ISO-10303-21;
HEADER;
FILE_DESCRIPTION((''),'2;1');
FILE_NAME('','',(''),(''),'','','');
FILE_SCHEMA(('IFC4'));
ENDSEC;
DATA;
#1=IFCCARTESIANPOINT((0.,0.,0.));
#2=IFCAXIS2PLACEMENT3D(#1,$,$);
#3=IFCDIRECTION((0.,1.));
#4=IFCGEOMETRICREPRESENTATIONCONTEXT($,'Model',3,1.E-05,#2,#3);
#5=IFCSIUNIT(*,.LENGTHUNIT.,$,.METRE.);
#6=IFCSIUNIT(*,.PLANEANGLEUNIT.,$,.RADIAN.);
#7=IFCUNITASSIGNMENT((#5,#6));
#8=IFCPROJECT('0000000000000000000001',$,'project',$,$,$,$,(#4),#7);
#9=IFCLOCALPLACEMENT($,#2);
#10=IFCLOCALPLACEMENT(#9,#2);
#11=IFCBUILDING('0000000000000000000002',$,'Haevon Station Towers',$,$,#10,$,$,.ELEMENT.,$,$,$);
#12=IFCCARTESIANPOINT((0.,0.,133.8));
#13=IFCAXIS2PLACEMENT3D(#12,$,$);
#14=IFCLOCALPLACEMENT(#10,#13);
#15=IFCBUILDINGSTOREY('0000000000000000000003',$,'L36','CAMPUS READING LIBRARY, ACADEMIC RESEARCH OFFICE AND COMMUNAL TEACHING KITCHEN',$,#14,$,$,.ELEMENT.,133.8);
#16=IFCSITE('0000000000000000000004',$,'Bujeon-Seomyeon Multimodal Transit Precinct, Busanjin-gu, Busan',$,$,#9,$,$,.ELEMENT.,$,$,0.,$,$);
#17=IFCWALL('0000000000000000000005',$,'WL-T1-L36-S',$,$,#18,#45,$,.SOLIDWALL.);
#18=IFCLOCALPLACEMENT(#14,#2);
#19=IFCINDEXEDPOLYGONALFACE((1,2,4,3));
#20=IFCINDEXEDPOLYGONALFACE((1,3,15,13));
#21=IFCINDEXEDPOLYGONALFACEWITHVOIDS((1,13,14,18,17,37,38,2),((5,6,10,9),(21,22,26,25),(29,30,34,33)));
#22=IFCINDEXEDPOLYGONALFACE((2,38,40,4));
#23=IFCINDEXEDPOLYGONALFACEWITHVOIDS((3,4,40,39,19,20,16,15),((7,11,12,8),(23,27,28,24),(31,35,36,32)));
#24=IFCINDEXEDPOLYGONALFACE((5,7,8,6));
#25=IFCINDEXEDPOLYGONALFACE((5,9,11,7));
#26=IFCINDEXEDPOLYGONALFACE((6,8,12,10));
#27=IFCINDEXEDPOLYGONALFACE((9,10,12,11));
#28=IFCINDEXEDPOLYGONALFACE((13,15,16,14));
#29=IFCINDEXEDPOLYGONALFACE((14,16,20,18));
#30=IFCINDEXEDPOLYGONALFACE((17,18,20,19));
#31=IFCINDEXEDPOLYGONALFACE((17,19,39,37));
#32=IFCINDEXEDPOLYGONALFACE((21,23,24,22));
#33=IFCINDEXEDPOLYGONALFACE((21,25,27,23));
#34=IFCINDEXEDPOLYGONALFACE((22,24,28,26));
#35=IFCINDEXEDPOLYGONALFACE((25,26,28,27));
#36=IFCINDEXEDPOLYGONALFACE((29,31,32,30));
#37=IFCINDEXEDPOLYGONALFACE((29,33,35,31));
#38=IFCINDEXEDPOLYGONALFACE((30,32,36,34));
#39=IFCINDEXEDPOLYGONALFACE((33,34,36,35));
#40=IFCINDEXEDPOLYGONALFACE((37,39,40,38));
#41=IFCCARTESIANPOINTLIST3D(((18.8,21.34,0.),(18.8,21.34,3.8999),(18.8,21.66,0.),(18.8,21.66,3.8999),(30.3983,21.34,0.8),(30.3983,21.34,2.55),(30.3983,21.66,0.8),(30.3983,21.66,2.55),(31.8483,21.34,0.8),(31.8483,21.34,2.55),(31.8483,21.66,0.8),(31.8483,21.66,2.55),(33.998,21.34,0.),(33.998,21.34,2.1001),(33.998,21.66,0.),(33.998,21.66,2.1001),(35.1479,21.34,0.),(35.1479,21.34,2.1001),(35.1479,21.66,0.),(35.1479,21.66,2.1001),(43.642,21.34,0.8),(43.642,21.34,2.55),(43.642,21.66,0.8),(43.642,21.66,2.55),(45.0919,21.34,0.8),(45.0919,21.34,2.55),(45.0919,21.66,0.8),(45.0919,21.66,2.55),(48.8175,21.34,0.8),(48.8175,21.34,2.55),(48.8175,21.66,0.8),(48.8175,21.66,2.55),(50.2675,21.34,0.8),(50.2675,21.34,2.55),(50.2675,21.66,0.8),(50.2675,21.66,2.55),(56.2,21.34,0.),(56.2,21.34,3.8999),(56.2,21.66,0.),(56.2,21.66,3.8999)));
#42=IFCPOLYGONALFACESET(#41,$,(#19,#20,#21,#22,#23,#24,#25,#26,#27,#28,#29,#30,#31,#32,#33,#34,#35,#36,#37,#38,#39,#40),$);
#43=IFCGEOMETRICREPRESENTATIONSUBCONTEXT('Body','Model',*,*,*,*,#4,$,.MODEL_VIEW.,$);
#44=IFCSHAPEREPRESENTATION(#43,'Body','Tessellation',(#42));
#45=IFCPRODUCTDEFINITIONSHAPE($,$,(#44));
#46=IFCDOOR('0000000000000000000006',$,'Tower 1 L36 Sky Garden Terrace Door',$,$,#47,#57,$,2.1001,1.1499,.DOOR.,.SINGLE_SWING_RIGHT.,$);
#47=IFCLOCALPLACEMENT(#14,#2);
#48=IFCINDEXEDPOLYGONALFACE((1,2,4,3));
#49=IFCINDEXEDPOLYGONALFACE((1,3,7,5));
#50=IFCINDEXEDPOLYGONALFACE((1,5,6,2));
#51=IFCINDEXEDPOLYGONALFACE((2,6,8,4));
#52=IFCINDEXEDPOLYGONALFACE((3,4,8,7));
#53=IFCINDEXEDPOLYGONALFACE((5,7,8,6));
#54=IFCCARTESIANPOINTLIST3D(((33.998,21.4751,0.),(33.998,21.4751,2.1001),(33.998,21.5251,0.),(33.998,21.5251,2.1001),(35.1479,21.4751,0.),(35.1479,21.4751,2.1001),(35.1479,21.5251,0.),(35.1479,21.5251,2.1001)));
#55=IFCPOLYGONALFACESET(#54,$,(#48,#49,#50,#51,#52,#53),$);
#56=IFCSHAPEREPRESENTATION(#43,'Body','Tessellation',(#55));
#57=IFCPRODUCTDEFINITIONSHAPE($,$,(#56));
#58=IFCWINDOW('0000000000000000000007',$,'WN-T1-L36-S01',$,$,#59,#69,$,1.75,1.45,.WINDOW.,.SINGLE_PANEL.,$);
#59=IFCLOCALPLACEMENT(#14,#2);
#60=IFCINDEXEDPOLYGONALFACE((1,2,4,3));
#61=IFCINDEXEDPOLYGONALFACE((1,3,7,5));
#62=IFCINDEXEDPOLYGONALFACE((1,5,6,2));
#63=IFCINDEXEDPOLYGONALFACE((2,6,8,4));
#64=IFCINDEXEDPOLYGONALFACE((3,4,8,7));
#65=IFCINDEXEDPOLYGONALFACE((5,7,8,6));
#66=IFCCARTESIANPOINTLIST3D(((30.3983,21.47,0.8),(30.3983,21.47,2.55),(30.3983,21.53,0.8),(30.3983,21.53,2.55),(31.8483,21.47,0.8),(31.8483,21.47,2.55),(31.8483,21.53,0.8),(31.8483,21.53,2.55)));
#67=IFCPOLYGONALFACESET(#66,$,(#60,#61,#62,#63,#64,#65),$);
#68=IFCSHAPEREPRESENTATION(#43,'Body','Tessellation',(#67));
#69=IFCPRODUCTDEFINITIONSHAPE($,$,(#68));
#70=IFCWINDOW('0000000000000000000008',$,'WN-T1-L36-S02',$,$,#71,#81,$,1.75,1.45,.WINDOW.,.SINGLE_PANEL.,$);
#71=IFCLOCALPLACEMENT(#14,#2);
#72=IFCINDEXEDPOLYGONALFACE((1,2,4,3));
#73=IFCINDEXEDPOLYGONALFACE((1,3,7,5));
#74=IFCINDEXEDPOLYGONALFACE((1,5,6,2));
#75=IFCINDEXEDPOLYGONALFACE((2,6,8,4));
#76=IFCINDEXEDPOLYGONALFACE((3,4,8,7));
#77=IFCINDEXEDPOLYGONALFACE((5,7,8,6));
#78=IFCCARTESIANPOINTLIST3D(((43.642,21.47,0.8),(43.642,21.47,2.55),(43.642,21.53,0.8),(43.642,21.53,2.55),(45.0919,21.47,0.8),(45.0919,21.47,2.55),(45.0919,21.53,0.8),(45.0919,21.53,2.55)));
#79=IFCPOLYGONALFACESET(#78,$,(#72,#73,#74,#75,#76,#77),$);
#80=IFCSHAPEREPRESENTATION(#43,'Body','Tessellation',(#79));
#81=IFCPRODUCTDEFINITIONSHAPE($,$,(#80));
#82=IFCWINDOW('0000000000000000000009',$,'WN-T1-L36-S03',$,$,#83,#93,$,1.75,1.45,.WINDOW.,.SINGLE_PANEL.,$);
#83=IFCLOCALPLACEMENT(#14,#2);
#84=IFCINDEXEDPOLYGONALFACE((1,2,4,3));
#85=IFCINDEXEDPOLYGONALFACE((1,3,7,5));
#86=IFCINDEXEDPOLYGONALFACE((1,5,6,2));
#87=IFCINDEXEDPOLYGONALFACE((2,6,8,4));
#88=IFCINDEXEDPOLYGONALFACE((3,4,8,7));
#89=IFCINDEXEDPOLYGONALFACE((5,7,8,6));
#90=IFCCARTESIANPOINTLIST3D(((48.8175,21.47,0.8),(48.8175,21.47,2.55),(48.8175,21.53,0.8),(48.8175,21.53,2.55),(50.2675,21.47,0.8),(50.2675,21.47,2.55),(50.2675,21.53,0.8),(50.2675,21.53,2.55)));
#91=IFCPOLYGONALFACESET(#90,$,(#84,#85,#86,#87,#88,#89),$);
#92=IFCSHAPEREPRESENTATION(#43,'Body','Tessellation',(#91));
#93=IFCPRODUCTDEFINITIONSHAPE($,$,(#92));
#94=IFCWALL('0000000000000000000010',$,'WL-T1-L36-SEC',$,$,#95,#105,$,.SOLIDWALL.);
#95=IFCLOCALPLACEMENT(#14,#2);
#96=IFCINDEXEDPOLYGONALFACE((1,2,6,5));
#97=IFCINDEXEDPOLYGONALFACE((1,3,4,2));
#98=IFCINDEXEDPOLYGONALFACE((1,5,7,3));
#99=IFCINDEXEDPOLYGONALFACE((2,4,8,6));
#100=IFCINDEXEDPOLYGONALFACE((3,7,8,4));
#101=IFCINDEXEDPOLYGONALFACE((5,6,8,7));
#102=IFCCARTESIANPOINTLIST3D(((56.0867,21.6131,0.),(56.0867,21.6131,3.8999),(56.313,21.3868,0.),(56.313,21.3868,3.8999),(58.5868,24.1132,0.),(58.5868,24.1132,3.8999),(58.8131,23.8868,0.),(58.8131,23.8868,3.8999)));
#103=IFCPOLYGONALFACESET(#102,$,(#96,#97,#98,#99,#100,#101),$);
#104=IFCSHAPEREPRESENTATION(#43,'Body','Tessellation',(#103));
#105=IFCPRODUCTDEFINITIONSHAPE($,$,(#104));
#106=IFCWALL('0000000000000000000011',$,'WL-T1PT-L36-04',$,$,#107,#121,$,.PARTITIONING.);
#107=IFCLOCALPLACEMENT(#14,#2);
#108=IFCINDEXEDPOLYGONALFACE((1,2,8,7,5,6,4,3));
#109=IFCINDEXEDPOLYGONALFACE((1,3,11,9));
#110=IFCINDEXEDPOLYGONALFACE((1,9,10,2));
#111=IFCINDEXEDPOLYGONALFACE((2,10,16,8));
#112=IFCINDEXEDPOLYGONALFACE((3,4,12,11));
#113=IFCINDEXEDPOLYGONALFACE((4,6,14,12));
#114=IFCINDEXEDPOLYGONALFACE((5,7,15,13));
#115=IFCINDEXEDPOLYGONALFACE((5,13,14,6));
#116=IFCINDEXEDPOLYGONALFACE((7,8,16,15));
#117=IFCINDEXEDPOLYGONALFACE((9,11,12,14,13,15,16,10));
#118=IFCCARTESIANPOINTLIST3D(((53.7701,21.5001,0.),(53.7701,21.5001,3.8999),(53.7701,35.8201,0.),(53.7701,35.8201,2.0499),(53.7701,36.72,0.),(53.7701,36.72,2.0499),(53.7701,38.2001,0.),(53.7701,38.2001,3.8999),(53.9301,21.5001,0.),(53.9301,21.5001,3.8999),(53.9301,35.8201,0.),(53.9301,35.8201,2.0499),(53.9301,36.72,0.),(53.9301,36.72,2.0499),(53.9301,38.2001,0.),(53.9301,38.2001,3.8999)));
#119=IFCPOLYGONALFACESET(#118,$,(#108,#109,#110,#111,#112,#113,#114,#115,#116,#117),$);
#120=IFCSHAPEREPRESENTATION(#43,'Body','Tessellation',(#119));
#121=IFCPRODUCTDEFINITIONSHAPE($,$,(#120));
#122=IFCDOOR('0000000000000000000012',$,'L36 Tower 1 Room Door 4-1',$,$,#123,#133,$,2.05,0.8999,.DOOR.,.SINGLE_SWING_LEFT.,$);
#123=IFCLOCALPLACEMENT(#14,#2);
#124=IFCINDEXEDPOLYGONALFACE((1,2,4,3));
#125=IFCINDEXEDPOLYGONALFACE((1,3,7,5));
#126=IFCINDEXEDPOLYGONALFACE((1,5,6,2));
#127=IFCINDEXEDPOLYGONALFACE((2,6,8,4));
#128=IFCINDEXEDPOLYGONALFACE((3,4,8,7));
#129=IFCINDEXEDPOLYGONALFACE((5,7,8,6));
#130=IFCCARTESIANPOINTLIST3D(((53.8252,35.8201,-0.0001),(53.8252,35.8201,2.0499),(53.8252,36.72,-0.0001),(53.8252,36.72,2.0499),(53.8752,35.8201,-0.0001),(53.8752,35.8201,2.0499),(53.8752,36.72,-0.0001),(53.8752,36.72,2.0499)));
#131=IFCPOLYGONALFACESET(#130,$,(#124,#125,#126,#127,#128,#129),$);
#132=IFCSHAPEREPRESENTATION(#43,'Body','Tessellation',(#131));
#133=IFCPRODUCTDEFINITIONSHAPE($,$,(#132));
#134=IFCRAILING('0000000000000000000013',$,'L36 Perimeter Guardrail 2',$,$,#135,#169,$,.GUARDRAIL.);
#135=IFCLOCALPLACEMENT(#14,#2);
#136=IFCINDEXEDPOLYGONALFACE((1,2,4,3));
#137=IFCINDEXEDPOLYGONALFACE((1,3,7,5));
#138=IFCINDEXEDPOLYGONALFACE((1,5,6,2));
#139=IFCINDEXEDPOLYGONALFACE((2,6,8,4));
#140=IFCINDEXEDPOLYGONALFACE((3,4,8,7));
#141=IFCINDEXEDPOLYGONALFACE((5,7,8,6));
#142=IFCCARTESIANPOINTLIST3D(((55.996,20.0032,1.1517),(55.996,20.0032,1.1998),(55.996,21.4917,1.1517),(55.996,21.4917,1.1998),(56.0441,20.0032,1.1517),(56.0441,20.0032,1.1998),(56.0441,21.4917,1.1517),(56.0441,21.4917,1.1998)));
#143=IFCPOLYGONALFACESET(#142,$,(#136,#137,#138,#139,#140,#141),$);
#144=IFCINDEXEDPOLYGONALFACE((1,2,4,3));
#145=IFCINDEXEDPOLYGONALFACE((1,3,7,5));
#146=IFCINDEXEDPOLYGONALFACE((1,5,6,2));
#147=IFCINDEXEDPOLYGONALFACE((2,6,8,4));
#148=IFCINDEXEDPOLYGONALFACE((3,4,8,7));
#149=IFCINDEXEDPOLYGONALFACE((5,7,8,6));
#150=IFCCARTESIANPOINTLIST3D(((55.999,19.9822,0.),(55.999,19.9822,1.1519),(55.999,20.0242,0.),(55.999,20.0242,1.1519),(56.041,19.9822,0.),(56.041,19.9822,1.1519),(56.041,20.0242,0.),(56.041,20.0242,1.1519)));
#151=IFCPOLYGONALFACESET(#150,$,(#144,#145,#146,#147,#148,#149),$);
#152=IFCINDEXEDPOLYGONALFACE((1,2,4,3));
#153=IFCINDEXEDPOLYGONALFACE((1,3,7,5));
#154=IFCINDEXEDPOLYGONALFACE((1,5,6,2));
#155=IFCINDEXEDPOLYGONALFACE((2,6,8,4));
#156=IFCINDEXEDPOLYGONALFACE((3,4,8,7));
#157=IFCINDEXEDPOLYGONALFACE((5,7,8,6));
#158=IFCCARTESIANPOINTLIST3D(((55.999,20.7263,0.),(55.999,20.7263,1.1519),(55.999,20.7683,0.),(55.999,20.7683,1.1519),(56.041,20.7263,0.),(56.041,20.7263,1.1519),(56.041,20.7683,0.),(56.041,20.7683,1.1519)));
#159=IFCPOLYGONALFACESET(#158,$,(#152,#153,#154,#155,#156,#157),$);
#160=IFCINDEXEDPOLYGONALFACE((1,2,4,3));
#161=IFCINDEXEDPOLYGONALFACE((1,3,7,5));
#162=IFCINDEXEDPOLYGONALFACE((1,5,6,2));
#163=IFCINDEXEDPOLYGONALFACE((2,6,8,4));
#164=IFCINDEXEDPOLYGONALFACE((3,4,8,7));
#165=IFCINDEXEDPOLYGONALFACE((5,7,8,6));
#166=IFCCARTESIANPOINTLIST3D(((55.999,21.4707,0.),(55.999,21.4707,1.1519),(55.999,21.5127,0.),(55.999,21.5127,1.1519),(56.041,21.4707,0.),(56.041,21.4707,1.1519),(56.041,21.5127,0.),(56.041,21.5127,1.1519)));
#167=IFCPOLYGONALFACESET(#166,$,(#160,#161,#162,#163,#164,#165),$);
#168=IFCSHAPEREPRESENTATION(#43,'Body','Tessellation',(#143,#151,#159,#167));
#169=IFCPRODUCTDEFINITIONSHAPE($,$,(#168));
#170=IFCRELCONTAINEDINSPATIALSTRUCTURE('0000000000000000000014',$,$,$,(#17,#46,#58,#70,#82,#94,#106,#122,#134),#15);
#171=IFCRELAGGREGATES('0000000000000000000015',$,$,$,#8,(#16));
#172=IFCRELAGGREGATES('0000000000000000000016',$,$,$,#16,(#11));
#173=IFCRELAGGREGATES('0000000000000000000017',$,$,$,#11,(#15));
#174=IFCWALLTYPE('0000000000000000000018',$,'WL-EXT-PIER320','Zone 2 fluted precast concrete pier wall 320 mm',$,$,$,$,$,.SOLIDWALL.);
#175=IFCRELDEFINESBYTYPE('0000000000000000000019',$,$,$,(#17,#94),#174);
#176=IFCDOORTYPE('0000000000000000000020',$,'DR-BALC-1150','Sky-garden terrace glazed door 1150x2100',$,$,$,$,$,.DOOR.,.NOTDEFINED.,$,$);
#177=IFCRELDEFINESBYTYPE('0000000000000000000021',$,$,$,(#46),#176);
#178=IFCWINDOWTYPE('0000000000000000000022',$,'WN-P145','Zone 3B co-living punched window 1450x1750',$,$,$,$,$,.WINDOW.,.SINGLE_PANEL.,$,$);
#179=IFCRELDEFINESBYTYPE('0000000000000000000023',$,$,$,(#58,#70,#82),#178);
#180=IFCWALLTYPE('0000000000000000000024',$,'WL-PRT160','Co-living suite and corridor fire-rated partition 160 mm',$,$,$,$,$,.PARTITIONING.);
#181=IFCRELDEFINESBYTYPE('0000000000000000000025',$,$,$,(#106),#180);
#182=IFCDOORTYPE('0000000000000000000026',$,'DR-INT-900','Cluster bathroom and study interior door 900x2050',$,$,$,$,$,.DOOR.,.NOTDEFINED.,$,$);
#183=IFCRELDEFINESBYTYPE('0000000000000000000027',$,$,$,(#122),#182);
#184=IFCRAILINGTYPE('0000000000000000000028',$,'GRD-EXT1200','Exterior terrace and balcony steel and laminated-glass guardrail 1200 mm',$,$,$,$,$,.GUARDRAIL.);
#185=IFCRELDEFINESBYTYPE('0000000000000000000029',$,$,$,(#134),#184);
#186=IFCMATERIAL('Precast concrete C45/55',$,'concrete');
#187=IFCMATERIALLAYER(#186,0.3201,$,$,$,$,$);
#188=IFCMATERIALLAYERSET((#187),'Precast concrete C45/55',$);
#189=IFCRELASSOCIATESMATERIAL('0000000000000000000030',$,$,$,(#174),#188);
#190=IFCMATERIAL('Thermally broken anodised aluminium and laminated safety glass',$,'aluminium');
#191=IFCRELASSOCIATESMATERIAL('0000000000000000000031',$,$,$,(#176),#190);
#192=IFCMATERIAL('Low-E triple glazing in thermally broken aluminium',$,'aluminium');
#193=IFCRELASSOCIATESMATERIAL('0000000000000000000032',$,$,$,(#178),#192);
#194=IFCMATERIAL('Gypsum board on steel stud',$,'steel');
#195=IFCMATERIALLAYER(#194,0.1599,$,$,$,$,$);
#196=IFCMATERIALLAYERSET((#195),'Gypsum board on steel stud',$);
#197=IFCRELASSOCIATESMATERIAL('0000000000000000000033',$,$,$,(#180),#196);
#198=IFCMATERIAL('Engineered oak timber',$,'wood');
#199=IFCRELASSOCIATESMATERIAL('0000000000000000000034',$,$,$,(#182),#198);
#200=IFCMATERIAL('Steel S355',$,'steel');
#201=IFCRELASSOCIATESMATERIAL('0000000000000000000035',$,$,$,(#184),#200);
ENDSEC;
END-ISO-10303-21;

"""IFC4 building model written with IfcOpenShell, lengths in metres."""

from ifc_helpers import new_model, si_unit, direction, frame, frame_2d, origin, origin_2d, place, context, subcontext, project, spatial, rectangle, extrude, material, layer, layer_set, type_object, element, fill, save


model = new_model("IFC4")

# Units and contexts
model_context = context("Model", 3, precision=1e-05, world=origin(), true_north=direction((0.0, 1.0)))
body_context = subcontext(model_context, "Body", "Model", "MODEL_VIEW")
ifc_project = project(units=[si_unit("LENGTHUNIT", "METRE"), si_unit("PLANEANGLEUNIT", "RADIAN")], contexts=[model_context])

# Site, building, storey
site_placement = place(None, origin())
site = spatial("IfcSite", under=ifc_project, at=site_placement, Name="Bujeon-Seomyeon Multimodal Transit Precinct, Busanjin-gu, Busan", CompositionType="ELEMENT", RefElevation=0.0)
building_placement = place(site_placement, origin())
building = spatial("IfcBuilding", under=site, at=building_placement, Name="Haevon Station Towers", CompositionType="ELEMENT")
storey_placement = place(building_placement, frame((0.0, 0.0, 133.8)))
storey = spatial("IfcBuildingStorey", under=building, at=storey_placement, Name="L36", Description="CAMPUS READING LIBRARY, ACADEMIC RESEARCH OFFICE AND COMMUNAL TEACHING KITCHEN", CompositionType="ELEMENT", Elevation=133.8)

# Shared definitions
ifc_material_1 = material(Name="Steel S355", Category="steel")

# Wall, openings, door, windows
ifc_material_2 = material(Name="Precast concrete C45/55", Category="concrete")
ifc_layer_1 = layer(ifc_material_2, 0.3201)
ifc_layer_set_1 = layer_set([ifc_layer_1], Name="Precast concrete C45/55")
wall_type_1 = type_object("IfcWallType", Name="WL-EXT-PIER320", Description="Zone 2 fluted precast concrete pier wall 320 mm", PredefinedType="SOLIDWALL", material=ifc_layer_set_1)
wall_1_placement = place(storey_placement, frame((56.2, 21.5, 0.0), z_axis=(0.0, 0.0, 1.0), x_axis=(-1.0, 0.0, 0.0)))
wall_1 = element("IfcWall", 1, at=wall_1_placement, inside=storey, type_object=wall_type_1, Name="WL-T1-L36-S", PredefinedType="SOLIDWALL", context=body_context, shape_type="SweptSolid", body=[
    extrude(rectangle(XDim=37.3999, YDim=0.3201, at=frame_2d((18.7, 0.0))), origin(), (0.0, 0.0, 1.0), 3.8999),
])
opening_1_placement = place(wall_1_placement, frame((21.052, 0.0, 0.0)))
opening_1 = element("IfcOpeningElement", 2, at=opening_1_placement, cuts=wall_1, PredefinedType="OPENING", context=body_context, shape_type="SweptSolid", body=[
    extrude(rectangle(XDim=1.1499, YDim=2.1001, at=frame_2d((0.575, 1.05))), frame((0.0, 0.1699, 0.0), z_axis=(0.0, -1.0, 0.0), x_axis=(1.0, 0.0, 0.0)), (0.0, 0.0, 1.0), 0.3401),
])
opening_2_placement = place(wall_1_placement, frame((24.3516, 0.0, 0.8)))
opening_2 = element("IfcOpeningElement", 3, at=opening_2_placement, cuts=wall_1, PredefinedType="OPENING", context=body_context, shape_type="SweptSolid", body=[
    extrude(rectangle(XDim=1.45, YDim=1.75, at=frame_2d((0.7251, 0.875))), frame((0.0, 0.1699, 0.0), z_axis=(0.0, -1.0, 0.0), x_axis=(1.0, 0.0, 0.0)), (0.0, 0.0, 1.0), 0.3401),
])
opening_3_placement = place(wall_1_placement, frame((11.1079, 0.0, 0.8)))
opening_3 = element("IfcOpeningElement", 4, at=opening_3_placement, cuts=wall_1, PredefinedType="OPENING", context=body_context, shape_type="SweptSolid", body=[
    extrude(rectangle(XDim=1.45, YDim=1.75, at=frame_2d((0.7251, 0.875))), frame((0.0, 0.1699, 0.0), z_axis=(0.0, -1.0, 0.0), x_axis=(1.0, 0.0, 0.0)), (0.0, 0.0, 1.0), 0.3401),
])
opening_4_placement = place(wall_1_placement, frame((5.9324, 0.0, 0.8)))
opening_4 = element("IfcOpeningElement", 5, at=opening_4_placement, cuts=wall_1, PredefinedType="OPENING", context=body_context, shape_type="SweptSolid", body=[
    extrude(rectangle(XDim=1.45, YDim=1.75, at=frame_2d((0.7251, 0.875))), frame((0.0, 0.1699, 0.0), z_axis=(0.0, -1.0, 0.0), x_axis=(1.0, 0.0, 0.0)), (0.0, 0.0, 1.0), 0.3401),
])
ifc_material_3 = material(Name="Thermally broken anodised aluminium and laminated safety glass", Category="aluminium")
door_type_1 = type_object("IfcDoorType", Name="DR-BALC-1150", Description="Sky-garden terrace glazed door 1150x2100", OperationType="NOTDEFINED", PredefinedType="DOOR", material=ifc_material_3)
door_1_placement = place(opening_1_placement, origin())
door_1 = element("IfcDoor", 6, at=door_1_placement, inside=storey, type_object=door_type_1, Name="Tower 1 L36 Sky Garden Terrace Door", OperationType="SINGLE_SWING_RIGHT", OverallHeight=2.1001, OverallWidth=1.1499, PredefinedType="DOOR", context=body_context, shape_type="SweptSolid", body=[
    extrude(rectangle(XDim=1.1499, YDim=2.1001, at=frame_2d((0.575, 1.05))), frame((0.0, 0.0249, 0.0), z_axis=(0.0, -1.0, 0.0), x_axis=(1.0, 0.0, 0.0)), (0.0, 0.0, 1.0), 0.05),
])
fill(opening_1, door_1)
ifc_material_4 = material(Name="Low-E triple glazing in thermally broken aluminium", Category="aluminium")
window_type = type_object("IfcWindowType", Name="WN-P145", Description="Zone 3B co-living punched window 1450x1750", PartitioningType="SINGLE_PANEL", PredefinedType="WINDOW", material=ifc_material_4)
window_1_placement = place(opening_2_placement, origin())
window_1 = element("IfcWindow", 7, at=window_1_placement, inside=storey, type_object=window_type, Name="WN-T1-L36-S01", OverallHeight=1.75, OverallWidth=1.45, PartitioningType="SINGLE_PANEL", PredefinedType="WINDOW", context=body_context, shape_type="SweptSolid", body=[
    extrude(rectangle(XDim=1.45, YDim=1.75, at=frame_2d((0.7251, 0.875))), frame((0.0, 0.03, 0.0), z_axis=(0.0, -1.0, 0.0), x_axis=(1.0, 0.0, 0.0)), (0.0, 0.0, 1.0), 0.0601),
])
fill(opening_2, window_1)
window_2_placement = place(opening_3_placement, origin())
window_2 = element("IfcWindow", 8, at=window_2_placement, inside=storey, type_object=window_type, Name="WN-T1-L36-S02", OverallHeight=1.75, OverallWidth=1.45, PartitioningType="SINGLE_PANEL", PredefinedType="WINDOW", context=body_context, shape_type="SweptSolid", body=[
    extrude(rectangle(XDim=1.45, YDim=1.75, at=frame_2d((0.7251, 0.875))), frame((0.0, 0.03, 0.0), z_axis=(0.0, -1.0, 0.0), x_axis=(1.0, 0.0, 0.0)), (0.0, 0.0, 1.0), 0.0601),
])
fill(opening_3, window_2)
window_3_placement = place(opening_4_placement, origin())
window_3 = element("IfcWindow", 9, at=window_3_placement, inside=storey, type_object=window_type, Name="WN-T1-L36-S03", OverallHeight=1.75, OverallWidth=1.45, PartitioningType="SINGLE_PANEL", PredefinedType="WINDOW", context=body_context, shape_type="SweptSolid", body=[
    extrude(rectangle(XDim=1.45, YDim=1.75, at=frame_2d((0.7251, 0.875))), frame((0.0, 0.03, 0.0), z_axis=(0.0, -1.0, 0.0), x_axis=(1.0, 0.0, 0.0)), (0.0, 0.0, 1.0), 0.0601),
])
fill(opening_4, window_3)

# Wall
wall_2_placement = place(storey_placement, frame((58.7, 24.0, 0.0), z_axis=(0.0, 0.0, 1.0), x_axis=(-0.707107, -0.707107, 0.0)))
element("IfcWall", 10, at=wall_2_placement, inside=storey, type_object=wall_type_1, Name="WL-T1-L36-SEC", PredefinedType="SOLIDWALL", context=body_context, shape_type="SweptSolid", body=[
    extrude(rectangle(XDim=3.5356, YDim=0.3201, at=frame_2d((1.7678, 0.0))), origin(), (0.0, 0.0, 1.0), 3.8999),
])

# Wall, opening, door
ifc_material_5 = material(Name="Gypsum board on steel stud", Category="steel")
ifc_layer_2 = layer(ifc_material_5, 0.1599)
ifc_layer_set_2 = layer_set([ifc_layer_2], Name="Gypsum board on steel stud")
wall_type_2 = type_object("IfcWallType", Name="WL-PRT160", Description="Co-living suite and corridor fire-rated partition 160 mm", PredefinedType="PARTITIONING", material=ifc_layer_set_2)
wall_3_placement = place(storey_placement, frame((53.8501, 21.5, 0.0), z_axis=(0.0, 0.0, 1.0), x_axis=(0.0, 1.0, 0.0)))
wall_3 = element("IfcWall", 11, at=wall_3_placement, inside=storey, type_object=wall_type_2, Name="WL-T1PT-L36-04", PredefinedType="PARTITIONING", context=body_context, shape_type="SweptSolid", body=[
    extrude(rectangle(XDim=16.7, YDim=0.1599, at=frame_2d((8.3501, 0.0))), origin(), (0.0, 0.0, 1.0), 3.8999),
])
opening_5_placement = place(wall_3_placement, frame((14.3201, 0.0, 0.0)))
opening_5 = element("IfcOpeningElement", 12, at=opening_5_placement, cuts=wall_3, PredefinedType="OPENING", context=body_context, shape_type="SweptSolid", body=[
    extrude(rectangle(XDim=0.8999, YDim=2.05, at=frame_2d((0.45, 1.0249))), frame((0.0, 0.0898, 0.0), z_axis=(0.0, -1.0, 0.0), x_axis=(1.0, 0.0, 0.0)), (0.0, 0.0, 1.0), 0.1799),
])
ifc_material_6 = material(Name="Engineered oak timber", Category="wood")
door_type_2 = type_object("IfcDoorType", Name="DR-INT-900", Description="Cluster bathroom and study interior door 900x2050", OperationType="NOTDEFINED", PredefinedType="DOOR", material=ifc_material_6)
door_2_placement = place(opening_5_placement, origin())
door_2 = element("IfcDoor", 13, at=door_2_placement, inside=storey, type_object=door_type_2, Name="L36 Tower 1 Room Door 4-1", OperationType="SINGLE_SWING_LEFT", OverallHeight=2.05, OverallWidth=0.8999, PredefinedType="DOOR", context=body_context, shape_type="SweptSolid", body=[
    extrude(rectangle(XDim=0.8999, YDim=2.05, at=frame_2d((0.45, 1.0249))), frame((0.0, 0.0249, 0.0), z_axis=(0.0, -1.0, 0.0), x_axis=(1.0, 0.0, 0.0)), (0.0, 0.0, 1.0), 0.05),
])
fill(opening_5, door_2)

# Railing
railing_type = type_object("IfcRailingType", Name="GRD-EXT1200", Description="Exterior terrace and balcony steel and laminated-glass guardrail 1200 mm", PredefinedType="GUARDRAIL", material=ifc_material_1)
railing_1_placement = place(storey_placement, frame((56.02, 20.0032, 0.0)))
element("IfcRailing", 14, at=railing_1_placement, inside=storey, type_object=railing_type, Name="L36 Perimeter Guardrail 2", PredefinedType="GUARDRAIL", context=body_context, shape_type="SweptSolid", body=[
    extrude(rectangle(XDim=0.0481, YDim=0.0481, at=origin_2d()), frame((0.0, 0.0, 1.1758), z_axis=(0.0, 1.0, 0.0), x_axis=(-1.0, 0.0, 0.0)), (0.0, 0.0, 1.0), 1.4885),
    extrude(rectangle(XDim=0.042, YDim=0.042, at=origin_2d()), origin(), (0.0, 0.0, 1.0), 1.1519),
    extrude(rectangle(XDim=0.042, YDim=0.042, at=origin_2d()), frame((0.0, 0.7441, 0.0)), (0.0, 0.0, 1.0), 1.1519),
    extrude(rectangle(XDim=0.042, YDim=0.042, at=origin_2d()), frame((0.0, 1.4885, 0.0)), (0.0, 0.0, 1.0), 1.1519),
])

save(model, "model.ifc")
